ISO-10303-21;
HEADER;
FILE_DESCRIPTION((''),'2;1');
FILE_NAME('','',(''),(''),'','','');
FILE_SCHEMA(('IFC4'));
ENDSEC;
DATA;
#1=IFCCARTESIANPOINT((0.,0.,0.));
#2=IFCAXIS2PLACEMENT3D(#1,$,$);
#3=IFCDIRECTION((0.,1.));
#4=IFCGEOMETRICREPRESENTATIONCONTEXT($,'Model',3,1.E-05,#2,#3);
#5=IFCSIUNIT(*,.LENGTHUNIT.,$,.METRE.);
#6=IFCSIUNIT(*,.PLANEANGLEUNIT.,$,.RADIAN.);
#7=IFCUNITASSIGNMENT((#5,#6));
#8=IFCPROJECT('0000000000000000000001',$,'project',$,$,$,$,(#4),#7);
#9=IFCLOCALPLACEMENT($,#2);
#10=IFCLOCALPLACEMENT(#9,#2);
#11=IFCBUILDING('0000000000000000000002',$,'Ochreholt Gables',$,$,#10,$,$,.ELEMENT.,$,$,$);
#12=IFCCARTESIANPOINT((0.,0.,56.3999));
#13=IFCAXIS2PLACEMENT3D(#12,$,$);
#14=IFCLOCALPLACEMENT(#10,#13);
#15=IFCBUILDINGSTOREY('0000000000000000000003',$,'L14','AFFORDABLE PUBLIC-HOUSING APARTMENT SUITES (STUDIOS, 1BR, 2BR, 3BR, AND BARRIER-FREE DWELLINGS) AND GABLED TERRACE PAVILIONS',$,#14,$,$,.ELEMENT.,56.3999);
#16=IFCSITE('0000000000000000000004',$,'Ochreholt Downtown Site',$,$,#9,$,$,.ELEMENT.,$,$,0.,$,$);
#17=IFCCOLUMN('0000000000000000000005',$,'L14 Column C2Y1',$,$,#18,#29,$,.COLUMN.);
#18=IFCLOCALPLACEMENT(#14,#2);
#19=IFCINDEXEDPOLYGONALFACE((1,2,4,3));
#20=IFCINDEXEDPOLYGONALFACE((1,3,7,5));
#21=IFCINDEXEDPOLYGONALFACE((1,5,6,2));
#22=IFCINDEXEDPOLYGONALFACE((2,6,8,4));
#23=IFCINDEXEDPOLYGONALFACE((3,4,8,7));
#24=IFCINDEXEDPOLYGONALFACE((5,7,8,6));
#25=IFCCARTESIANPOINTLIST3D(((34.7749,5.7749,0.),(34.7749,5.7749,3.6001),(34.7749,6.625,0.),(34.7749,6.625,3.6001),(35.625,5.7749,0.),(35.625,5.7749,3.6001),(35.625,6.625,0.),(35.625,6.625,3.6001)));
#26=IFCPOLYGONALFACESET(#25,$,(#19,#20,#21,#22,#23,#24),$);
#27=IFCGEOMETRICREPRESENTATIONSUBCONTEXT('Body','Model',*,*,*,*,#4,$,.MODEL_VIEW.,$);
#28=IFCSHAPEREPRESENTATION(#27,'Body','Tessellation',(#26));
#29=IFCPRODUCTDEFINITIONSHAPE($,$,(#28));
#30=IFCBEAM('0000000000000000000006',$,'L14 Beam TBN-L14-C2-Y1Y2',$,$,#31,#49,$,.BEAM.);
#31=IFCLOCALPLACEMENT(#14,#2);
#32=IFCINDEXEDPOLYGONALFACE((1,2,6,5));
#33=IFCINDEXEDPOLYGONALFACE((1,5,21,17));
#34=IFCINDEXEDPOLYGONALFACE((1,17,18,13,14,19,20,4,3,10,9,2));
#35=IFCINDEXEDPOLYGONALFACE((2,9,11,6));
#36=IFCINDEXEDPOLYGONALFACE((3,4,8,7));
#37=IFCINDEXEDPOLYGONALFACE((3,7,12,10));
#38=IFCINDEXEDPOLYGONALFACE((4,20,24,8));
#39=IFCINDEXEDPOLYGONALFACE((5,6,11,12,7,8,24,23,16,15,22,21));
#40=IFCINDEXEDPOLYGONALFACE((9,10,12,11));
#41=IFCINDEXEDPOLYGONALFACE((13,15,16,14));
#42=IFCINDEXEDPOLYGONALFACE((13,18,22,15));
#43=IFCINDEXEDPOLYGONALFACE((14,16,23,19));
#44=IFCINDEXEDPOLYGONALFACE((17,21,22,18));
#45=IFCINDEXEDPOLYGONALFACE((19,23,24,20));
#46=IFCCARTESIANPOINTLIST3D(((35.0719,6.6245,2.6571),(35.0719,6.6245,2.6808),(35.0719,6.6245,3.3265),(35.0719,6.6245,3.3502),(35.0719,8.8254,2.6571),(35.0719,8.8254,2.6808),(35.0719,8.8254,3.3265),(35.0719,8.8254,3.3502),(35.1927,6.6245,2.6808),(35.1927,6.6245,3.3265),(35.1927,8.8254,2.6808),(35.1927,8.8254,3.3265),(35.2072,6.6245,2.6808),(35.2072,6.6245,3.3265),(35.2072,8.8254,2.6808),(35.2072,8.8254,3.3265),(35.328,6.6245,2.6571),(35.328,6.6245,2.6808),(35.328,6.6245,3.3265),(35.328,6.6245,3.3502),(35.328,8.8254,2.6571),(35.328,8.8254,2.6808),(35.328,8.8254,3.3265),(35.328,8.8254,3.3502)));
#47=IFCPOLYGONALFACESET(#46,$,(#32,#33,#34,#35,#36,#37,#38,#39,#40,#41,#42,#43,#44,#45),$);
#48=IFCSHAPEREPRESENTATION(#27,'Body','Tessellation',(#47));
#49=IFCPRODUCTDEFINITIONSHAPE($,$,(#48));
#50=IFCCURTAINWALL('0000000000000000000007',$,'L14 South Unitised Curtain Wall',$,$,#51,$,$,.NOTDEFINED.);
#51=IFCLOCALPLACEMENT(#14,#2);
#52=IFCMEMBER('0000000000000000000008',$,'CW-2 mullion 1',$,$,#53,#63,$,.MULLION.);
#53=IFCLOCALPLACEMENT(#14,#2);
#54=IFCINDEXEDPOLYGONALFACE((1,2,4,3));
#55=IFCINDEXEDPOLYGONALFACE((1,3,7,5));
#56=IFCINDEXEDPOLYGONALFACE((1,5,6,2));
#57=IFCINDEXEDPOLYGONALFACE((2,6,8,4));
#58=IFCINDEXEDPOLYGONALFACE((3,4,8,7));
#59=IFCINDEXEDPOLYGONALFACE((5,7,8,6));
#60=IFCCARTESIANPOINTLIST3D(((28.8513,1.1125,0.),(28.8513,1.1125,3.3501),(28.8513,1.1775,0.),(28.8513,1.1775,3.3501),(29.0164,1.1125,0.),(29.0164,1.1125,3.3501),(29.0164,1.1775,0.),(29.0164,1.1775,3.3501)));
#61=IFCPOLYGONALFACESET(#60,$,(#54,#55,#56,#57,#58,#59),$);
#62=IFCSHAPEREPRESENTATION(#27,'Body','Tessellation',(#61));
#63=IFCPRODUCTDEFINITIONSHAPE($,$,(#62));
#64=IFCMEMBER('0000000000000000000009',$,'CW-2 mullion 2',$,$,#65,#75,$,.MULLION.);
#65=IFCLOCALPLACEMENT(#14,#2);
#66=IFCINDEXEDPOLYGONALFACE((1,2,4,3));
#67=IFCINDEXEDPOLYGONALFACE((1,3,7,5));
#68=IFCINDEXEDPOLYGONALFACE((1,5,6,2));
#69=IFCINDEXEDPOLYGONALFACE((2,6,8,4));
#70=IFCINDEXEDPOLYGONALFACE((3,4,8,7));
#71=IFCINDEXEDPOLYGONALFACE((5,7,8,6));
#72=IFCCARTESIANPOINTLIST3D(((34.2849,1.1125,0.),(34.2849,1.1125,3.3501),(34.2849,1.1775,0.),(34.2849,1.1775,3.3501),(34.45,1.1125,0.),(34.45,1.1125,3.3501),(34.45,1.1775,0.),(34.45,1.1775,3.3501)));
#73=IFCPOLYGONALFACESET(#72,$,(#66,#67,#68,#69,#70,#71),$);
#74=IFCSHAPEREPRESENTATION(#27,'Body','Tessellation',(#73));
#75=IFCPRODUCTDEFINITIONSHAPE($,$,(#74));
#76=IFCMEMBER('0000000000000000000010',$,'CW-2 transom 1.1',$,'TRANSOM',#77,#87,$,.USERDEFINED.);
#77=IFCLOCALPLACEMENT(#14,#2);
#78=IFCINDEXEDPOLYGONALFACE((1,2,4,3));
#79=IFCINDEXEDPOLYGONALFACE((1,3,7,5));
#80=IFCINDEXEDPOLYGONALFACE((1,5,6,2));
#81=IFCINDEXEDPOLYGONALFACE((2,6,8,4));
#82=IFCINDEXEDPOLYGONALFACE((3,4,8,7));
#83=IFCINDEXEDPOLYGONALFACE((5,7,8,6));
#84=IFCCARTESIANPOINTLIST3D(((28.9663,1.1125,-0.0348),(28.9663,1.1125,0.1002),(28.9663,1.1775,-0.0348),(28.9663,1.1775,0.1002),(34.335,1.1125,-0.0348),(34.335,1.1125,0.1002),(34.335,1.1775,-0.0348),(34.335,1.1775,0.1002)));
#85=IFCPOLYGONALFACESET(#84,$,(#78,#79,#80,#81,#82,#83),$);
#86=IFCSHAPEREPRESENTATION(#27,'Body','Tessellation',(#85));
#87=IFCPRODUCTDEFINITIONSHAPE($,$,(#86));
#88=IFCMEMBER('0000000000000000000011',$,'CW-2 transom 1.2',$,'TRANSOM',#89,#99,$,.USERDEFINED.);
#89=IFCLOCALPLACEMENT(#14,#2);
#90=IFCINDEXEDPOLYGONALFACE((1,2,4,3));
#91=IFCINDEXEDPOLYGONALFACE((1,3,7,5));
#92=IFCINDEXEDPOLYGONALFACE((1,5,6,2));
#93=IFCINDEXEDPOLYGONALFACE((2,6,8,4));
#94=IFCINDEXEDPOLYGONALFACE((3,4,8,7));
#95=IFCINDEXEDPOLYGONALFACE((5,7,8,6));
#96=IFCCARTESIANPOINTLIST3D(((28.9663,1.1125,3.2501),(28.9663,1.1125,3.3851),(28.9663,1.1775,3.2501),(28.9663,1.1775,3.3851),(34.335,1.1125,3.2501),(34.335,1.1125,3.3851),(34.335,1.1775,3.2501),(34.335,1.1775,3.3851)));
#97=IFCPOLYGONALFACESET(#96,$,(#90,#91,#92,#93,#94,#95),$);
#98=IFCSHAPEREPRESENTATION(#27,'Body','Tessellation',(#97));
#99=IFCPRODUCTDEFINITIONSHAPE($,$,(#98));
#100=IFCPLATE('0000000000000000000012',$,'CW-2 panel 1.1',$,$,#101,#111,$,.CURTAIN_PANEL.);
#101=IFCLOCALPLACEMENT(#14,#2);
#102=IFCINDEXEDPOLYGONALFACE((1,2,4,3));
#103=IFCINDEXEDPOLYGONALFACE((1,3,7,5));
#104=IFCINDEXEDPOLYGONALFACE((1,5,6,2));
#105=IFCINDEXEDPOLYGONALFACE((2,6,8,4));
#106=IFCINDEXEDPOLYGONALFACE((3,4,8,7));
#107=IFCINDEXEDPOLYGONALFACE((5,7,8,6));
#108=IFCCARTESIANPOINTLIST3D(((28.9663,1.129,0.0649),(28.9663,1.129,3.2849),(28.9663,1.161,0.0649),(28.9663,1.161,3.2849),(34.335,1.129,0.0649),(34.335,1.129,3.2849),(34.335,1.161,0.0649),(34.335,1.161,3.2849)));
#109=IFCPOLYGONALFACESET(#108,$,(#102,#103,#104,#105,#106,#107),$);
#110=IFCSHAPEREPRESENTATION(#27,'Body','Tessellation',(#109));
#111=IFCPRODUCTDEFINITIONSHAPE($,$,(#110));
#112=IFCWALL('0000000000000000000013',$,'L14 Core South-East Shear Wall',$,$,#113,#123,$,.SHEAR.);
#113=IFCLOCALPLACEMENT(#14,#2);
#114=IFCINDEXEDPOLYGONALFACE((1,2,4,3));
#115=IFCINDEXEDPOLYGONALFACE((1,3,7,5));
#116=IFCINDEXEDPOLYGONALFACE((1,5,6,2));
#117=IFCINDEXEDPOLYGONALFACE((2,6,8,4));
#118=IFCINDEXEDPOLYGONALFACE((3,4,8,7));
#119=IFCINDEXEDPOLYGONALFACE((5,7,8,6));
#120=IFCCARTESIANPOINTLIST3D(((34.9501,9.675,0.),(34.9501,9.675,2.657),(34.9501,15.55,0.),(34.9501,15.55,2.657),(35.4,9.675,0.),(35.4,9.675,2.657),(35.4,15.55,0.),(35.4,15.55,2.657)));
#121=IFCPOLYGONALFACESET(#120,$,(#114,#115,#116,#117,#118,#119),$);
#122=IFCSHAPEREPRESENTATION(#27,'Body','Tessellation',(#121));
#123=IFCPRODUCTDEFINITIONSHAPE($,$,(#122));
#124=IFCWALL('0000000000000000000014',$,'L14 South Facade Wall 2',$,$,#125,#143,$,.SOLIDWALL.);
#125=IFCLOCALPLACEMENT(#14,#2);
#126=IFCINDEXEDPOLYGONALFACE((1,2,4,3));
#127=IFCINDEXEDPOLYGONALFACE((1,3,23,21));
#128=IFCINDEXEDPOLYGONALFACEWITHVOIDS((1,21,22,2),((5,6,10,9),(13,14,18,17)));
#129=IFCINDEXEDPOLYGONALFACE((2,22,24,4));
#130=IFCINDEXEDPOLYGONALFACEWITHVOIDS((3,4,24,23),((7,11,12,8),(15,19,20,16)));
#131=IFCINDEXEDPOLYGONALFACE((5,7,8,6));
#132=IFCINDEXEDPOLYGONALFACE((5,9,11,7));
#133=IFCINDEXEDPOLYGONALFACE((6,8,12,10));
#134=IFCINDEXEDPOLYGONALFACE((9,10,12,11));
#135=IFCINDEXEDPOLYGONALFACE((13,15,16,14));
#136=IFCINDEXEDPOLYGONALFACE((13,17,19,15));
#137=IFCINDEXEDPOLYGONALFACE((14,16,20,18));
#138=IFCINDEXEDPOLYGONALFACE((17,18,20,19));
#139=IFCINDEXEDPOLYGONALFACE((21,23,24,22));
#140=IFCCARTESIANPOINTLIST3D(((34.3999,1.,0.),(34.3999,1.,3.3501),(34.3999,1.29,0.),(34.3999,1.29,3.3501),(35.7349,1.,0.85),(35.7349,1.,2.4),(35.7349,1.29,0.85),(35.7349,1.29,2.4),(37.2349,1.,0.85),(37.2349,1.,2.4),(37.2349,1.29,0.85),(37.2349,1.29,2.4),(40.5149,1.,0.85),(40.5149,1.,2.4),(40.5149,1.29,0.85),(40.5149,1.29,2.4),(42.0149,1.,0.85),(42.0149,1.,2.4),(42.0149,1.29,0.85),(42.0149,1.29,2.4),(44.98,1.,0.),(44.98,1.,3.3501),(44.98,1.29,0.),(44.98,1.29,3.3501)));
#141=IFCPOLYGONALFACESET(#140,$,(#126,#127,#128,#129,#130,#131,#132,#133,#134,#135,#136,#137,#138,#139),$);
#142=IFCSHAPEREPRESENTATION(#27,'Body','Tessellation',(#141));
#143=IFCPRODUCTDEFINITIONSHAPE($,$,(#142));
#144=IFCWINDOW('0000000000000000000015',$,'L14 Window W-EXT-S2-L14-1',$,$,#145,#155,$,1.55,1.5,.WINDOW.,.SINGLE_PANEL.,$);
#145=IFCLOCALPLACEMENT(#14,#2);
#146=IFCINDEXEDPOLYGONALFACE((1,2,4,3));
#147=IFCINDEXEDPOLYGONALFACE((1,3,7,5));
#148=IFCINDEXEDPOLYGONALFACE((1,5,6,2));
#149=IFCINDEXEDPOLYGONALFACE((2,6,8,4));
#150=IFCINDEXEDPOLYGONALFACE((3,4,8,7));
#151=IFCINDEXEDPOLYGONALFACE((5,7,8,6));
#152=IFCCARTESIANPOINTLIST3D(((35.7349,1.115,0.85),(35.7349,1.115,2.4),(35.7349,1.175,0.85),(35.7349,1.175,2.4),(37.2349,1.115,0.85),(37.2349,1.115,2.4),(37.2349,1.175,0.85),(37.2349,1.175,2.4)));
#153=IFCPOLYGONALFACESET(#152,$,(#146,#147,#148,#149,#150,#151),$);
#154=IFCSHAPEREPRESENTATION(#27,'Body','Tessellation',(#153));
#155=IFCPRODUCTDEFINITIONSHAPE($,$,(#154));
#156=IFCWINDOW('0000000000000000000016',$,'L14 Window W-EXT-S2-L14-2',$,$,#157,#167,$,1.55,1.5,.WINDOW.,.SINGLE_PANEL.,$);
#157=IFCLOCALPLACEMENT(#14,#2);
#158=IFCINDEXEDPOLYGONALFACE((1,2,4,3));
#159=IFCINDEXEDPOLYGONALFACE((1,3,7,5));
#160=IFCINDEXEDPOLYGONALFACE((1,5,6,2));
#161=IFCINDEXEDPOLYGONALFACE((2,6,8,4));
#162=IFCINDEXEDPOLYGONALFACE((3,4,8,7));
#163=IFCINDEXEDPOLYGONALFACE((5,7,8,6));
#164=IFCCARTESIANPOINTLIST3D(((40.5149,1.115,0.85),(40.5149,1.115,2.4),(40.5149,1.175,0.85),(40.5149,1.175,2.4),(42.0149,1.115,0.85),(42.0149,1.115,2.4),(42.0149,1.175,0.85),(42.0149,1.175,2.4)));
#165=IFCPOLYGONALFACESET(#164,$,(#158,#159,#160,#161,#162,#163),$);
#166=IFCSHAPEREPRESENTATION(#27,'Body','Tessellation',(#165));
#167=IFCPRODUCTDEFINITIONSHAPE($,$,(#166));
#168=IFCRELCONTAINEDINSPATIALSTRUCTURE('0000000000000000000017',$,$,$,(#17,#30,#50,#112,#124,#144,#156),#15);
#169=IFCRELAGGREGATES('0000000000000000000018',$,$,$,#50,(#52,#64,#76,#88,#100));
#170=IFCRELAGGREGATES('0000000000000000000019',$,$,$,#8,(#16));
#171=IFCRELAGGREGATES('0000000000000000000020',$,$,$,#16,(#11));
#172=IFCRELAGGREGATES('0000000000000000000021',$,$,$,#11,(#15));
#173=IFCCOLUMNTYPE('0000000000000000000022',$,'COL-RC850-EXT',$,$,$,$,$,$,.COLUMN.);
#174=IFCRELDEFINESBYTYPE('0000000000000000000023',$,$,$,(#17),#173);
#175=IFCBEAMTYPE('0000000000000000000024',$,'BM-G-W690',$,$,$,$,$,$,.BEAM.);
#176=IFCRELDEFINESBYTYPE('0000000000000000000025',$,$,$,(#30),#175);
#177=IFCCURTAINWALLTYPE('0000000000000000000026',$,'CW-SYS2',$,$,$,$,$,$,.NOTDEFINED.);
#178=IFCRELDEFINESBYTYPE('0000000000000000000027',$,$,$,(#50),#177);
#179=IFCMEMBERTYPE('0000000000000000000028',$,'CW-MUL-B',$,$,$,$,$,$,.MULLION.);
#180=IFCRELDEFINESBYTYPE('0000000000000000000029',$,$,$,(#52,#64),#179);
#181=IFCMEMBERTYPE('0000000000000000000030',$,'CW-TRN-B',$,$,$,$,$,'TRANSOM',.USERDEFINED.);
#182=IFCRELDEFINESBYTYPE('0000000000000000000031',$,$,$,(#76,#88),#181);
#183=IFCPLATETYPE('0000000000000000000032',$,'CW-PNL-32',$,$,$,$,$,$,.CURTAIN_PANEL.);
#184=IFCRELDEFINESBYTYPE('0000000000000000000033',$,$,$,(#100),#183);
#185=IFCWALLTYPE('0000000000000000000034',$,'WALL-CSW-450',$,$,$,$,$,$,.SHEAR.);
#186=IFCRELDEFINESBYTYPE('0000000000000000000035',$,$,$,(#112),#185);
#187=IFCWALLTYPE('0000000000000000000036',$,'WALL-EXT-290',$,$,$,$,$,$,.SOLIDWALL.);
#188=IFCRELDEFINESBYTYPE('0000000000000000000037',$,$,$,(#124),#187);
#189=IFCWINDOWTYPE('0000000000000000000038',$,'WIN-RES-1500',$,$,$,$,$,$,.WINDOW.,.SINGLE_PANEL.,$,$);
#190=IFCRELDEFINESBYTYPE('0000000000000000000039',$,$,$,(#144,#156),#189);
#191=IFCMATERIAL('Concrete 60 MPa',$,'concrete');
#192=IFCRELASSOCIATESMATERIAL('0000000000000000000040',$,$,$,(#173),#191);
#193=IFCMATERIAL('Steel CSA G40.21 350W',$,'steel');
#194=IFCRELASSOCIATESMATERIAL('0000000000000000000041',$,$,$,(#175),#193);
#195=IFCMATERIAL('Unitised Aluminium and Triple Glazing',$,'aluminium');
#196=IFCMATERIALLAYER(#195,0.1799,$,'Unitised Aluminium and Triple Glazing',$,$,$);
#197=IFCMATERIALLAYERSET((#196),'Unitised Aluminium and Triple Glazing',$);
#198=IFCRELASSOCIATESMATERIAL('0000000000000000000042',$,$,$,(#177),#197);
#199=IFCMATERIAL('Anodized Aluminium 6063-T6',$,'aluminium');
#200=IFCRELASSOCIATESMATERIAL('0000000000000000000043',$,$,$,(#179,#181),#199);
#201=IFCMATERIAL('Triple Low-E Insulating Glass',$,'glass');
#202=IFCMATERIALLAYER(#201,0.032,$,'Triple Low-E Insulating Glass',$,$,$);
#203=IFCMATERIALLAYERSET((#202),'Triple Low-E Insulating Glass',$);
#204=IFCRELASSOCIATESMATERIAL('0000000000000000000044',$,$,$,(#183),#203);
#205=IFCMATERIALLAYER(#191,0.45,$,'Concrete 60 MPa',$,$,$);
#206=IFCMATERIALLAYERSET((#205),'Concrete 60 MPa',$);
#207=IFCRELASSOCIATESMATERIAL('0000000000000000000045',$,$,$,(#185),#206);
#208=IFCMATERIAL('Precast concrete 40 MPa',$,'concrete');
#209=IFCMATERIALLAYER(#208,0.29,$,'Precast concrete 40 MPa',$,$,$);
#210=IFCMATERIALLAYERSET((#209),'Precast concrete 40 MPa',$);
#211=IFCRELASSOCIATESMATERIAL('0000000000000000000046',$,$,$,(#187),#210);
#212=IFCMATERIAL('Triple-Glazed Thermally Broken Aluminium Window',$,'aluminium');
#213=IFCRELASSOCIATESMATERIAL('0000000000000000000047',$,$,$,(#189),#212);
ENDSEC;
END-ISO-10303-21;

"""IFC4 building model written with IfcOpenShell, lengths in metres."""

from ifc_helpers import new_model, si_unit, direction, frame, frame_2d, origin, origin_2d, place, context, subcontext, project, spatial, rectangle, i_section, extrude, material, layer, layer_set, material_profile, profile_set, type_object, element, fill, aggregate, save


model = new_model("IFC4")

# Units and contexts
model_context = context("Model", 3, precision=1e-05, world=origin(), true_north=direction((0.0, 1.0)))
body_context = subcontext(model_context, "Body", "Model", "MODEL_VIEW")
ifc_project = project(units=[si_unit("LENGTHUNIT", "METRE"), si_unit("PLANEANGLEUNIT", "RADIAN")], contexts=[model_context])

# Site, building, storey
site_placement = place(None, origin())
site = spatial("IfcSite", under=ifc_project, at=site_placement, Name="Ochreholt Downtown Site", CompositionType="ELEMENT", RefElevation=0.0)
building_placement = place(site_placement, origin())
building = spatial("IfcBuilding", under=site, at=building_placement, Name="Ochreholt Gables", CompositionType="ELEMENT")
storey_placement = place(building_placement, frame((0.0, 0.0, 56.3999)))
storey = spatial("IfcBuildingStorey", under=building, at=storey_placement, Name="L14", Description="AFFORDABLE PUBLIC-HOUSING APARTMENT SUITES (STUDIOS, 1BR, 2BR, 3BR, AND BARRIER-FREE DWELLINGS) AND GABLED TERRACE PAVILIONS", CompositionType="ELEMENT", Elevation=56.3999)

# Column
ifc_material_1 = material(Name="Concrete 60 MPa", Category="concrete")
ifc_material_profile_1 = material_profile(ifc_material_1, rectangle(XDim=0.8501, YDim=0.8501, at=origin_2d()), Name="RC850X850")
ifc_profile_set_1 = profile_set([ifc_material_profile_1], Name="Concrete 60 MPa")
column_type = type_object("IfcColumnType", Name="COL-RC850-EXT", PredefinedType="COLUMN", material=ifc_profile_set_1)
column_placement = place(storey_placement, frame((35.2, 6.2, 0.0), z_axis=(0.0, 0.0, 1.0), x_axis=(1.0, 0.0, 0.0)))
element("IfcColumn", 1, at=column_placement, inside=storey, type_object=column_type, Name="L14 Column C2Y1", PredefinedType="COLUMN", context=body_context, shape_type="SweptSolid", body=[
    extrude(rectangle(XDim=0.8501, YDim=0.8501, at=origin_2d()), origin(), (0.0, 0.0, 1.0), 3.6001),
])

# Beam
ifc_material_2 = material(Name="Steel CSA G40.21 350W", Category="steel")
ifc_material_profile_2 = material_profile(ifc_material_2, i_section(OverallWidth=0.2561, OverallDepth=0.6931, WebThickness=0.0144, FlangeThickness=0.0237, at=origin_2d()), Name="W690X170")
ifc_profile_set_2 = profile_set([ifc_material_profile_2], Name="Steel CSA G40.21 350W")
beam_type = type_object("IfcBeamType", Name="BM-G-W690", PredefinedType="BEAM", material=ifc_profile_set_2)
beam_placement = place(storey_placement, frame((35.2, 6.6245, 3.0037), z_axis=(0.0, 1.0, 0.0), x_axis=(-1.0, 0.0, 0.0)))
element("IfcBeam", 2, at=beam_placement, inside=storey, type_object=beam_type, Name="L14 Beam TBN-L14-C2-Y1Y2", PredefinedType="BEAM", context=body_context, shape_type="SweptSolid", body=[
    extrude(i_section(OverallWidth=0.2561, OverallDepth=0.6931, WebThickness=0.0144, FlangeThickness=0.0237, at=origin_2d()), origin(), (0.0, 0.0, 1.0), 2.2009),
])

# Curtain wall, members, plate
ifc_material_3 = material(Name="Unitised Aluminium and Triple Glazing", Category="aluminium")
ifc_layer_1 = layer(ifc_material_3, 0.1799, Name="Unitised Aluminium and Triple Glazing")
ifc_layer_set_1 = layer_set([ifc_layer_1], Name="Unitised Aluminium and Triple Glazing")
curtain_wall_type = type_object("IfcCurtainWallType", Name="CW-SYS2", PredefinedType="NOTDEFINED", material=ifc_layer_set_1)
curtain_wall_placement = place(storey_placement, origin())
curtain_wall = element("IfcCurtainWall", 3, at=curtain_wall_placement, inside=storey, type_object=curtain_wall_type, Name="L14 South Unitised Curtain Wall", PredefinedType="NOTDEFINED")
ifc_material_4 = material(Name="Anodized Aluminium 6063-T6", Category="aluminium")
ifc_material_profile_3 = material_profile(ifc_material_4, rectangle(XDim=0.0649, YDim=0.165, at=origin_2d()), Name="CWM65X165")
ifc_profile_set_3 = profile_set([ifc_material_profile_3], Name="Anodized Aluminium 6063-T6")
member_type_1 = type_object("IfcMemberType", Name="CW-MUL-B", PredefinedType="MULLION", material=ifc_profile_set_3)
member_1_placement = place(storey_placement, frame((28.9338, 1.145, 0.0), z_axis=(0.0, 0.0, 1.0), x_axis=(0.0, 1.0, 0.0)))
member_1 = element("IfcMember", 4, at=member_1_placement, type_object=member_type_1, Name="CW-2 mullion 1", PredefinedType="MULLION", context=body_context, shape_type="SweptSolid", body=[
    extrude(rectangle(XDim=0.0649, YDim=0.165, at=origin_2d()), origin(), (0.0, 0.0, 1.0), 3.3501),
])
member_2_placement = place(storey_placement, frame((34.3674, 1.145, 0.0), z_axis=(0.0, 0.0, 1.0), x_axis=(0.0, 1.0, 0.0)))
member_2 = element("IfcMember", 5, at=member_2_placement, type_object=member_type_1, Name="CW-2 mullion 2", PredefinedType="MULLION", context=body_context, shape_type="SweptSolid", body=[
    extrude(rectangle(XDim=0.0649, YDim=0.165, at=origin_2d()), origin(), (0.0, 0.0, 1.0), 3.3501),
])
ifc_material_profile_4 = material_profile(ifc_material_4, rectangle(XDim=0.0649, YDim=0.135, at=origin_2d()), Name="CWT65X135")
ifc_profile_set_4 = profile_set([ifc_material_profile_4], Name="Anodized Aluminium 6063-T6")
member_type_2 = type_object("IfcMemberType", Name="CW-TRN-B", ElementType="TRANSOM", PredefinedType="USERDEFINED", material=ifc_profile_set_4)
member_3_placement = place(storey_placement, frame((28.9663, 1.145, 0.0327), z_axis=(1.0, 0.0, 0.0), x_axis=(0.0, 1.0, 0.0)))
member_3 = element("IfcMember", 6, at=member_3_placement, type_object=member_type_2, Name="CW-2 transom 1.1", ObjectType="TRANSOM", PredefinedType="USERDEFINED", context=body_context, shape_type="SweptSolid", body=[
    extrude(rectangle(XDim=0.0649, YDim=0.135, at=origin_2d()), origin(), (0.0, 0.0, 1.0), 5.3687),
])
member_4_placement = place(storey_placement, frame((28.9663, 1.145, 3.3176), z_axis=(1.0, 0.0, 0.0), x_axis=(0.0, 1.0, 0.0)))
member_4 = element("IfcMember", 7, at=member_4_placement, type_object=member_type_2, Name="CW-2 transom 1.2", ObjectType="TRANSOM", PredefinedType="USERDEFINED", context=body_context, shape_type="SweptSolid", body=[
    extrude(rectangle(XDim=0.0649, YDim=0.135, at=origin_2d()), origin(), (0.0, 0.0, 1.0), 5.3687),
])
ifc_material_5 = material(Name="Triple Low-E Insulating Glass", Category="glass")
ifc_layer_2 = layer(ifc_material_5, 0.032, Name="Triple Low-E Insulating Glass")
ifc_layer_set_2 = layer_set([ifc_layer_2], Name="Triple Low-E Insulating Glass")
plate_type = type_object("IfcPlateType", Name="CW-PNL-32", PredefinedType="CURTAIN_PANEL", material=ifc_layer_set_2)
plate_placement = place(storey_placement, frame((31.6506, 1.145, 0.0649), z_axis=(0.0, 0.0, 1.0), x_axis=(1.0, 0.0, 0.0)))
plate = element("IfcPlate", 8, at=plate_placement, type_object=plate_type, Name="CW-2 panel 1.1", PredefinedType="CURTAIN_PANEL", context=body_context, shape_type="SweptSolid", body=[
    extrude(rectangle(XDim=5.3687, YDim=0.032, at=origin_2d()), origin(), (0.0, 0.0, 1.0), 3.22),
])
aggregate(curtain_wall, [member_1, member_2, member_3, member_4, plate])

# Wall
ifc_layer_3 = layer(ifc_material_1, 0.45, Name="Concrete 60 MPa")
ifc_layer_set_3 = layer_set([ifc_layer_3], Name="Concrete 60 MPa")
wall_type_1 = type_object("IfcWallType", Name="WALL-CSW-450", PredefinedType="SHEAR", material=ifc_layer_set_3)
wall_1_placement = place(storey_placement, frame((35.175, 9.675, 0.0), z_axis=(0.0, 0.0, 1.0), x_axis=(0.0, 1.0, 0.0)))
element("IfcWall", 9, at=wall_1_placement, inside=storey, type_object=wall_type_1, Name="L14 Core South-East Shear Wall", PredefinedType="SHEAR", context=body_context, shape_type="SweptSolid", body=[
    extrude(rectangle(XDim=5.875, YDim=0.45, at=frame_2d((2.9375, 0.0))), origin(), (0.0, 0.0, 1.0), 2.657),
])

# Wall, openings, windows
ifc_material_6 = material(Name="Precast concrete 40 MPa", Category="concrete")
ifc_layer_4 = layer(ifc_material_6, 0.29, Name="Precast concrete 40 MPa")
ifc_layer_set_4 = layer_set([ifc_layer_4], Name="Precast concrete 40 MPa")
wall_type_2 = type_object("IfcWallType", Name="WALL-EXT-290", PredefinedType="SOLIDWALL", material=ifc_layer_set_4)
wall_2_placement = place(storey_placement, frame((34.3999, 1.145, 0.0), z_axis=(0.0, 0.0, 1.0), x_axis=(1.0, 0.0, 0.0)))
wall_2 = element("IfcWall", 10, at=wall_2_placement, inside=storey, type_object=wall_type_2, Name="L14 South Facade Wall 2", PredefinedType="SOLIDWALL", context=body_context, shape_type="SweptSolid", body=[
    extrude(rectangle(XDim=10.5801, YDim=0.29, at=frame_2d((5.29, 0.0))), origin(), (0.0, 0.0, 1.0), 3.3501),
])
opening_1_placement = place(wall_2_placement, frame((1.335, 0.0, 0.8501)))
opening_1 = element("IfcOpeningElement", 11, at=opening_1_placement, cuts=wall_2, PredefinedType="OPENING", context=body_context, shape_type="SweptSolid", body=[
    extrude(rectangle(XDim=1.5, YDim=1.55, at=frame_2d((0.75, 0.7749))), frame((0.0, 0.155, 0.0), z_axis=(0.0, -1.0, 0.0), x_axis=(1.0, 0.0, 0.0)), (0.0, 0.0, 1.0), 0.3101),
])
opening_2_placement = place(wall_2_placement, frame((6.115, 0.0, 0.8501)))
opening_2 = element("IfcOpeningElement", 12, at=opening_2_placement, cuts=wall_2, PredefinedType="OPENING", context=body_context, shape_type="SweptSolid", body=[
    extrude(rectangle(XDim=1.5, YDim=1.55, at=frame_2d((0.75, 0.7749))), frame((0.0, 0.155, 0.0), z_axis=(0.0, -1.0, 0.0), x_axis=(1.0, 0.0, 0.0)), (0.0, 0.0, 1.0), 0.3101),
])
ifc_material_7 = material(Name="Triple-Glazed Thermally Broken Aluminium Window", Category="aluminium")
window_type = type_object("IfcWindowType", Name="WIN-RES-1500", PartitioningType="SINGLE_PANEL", PredefinedType="WINDOW", material=ifc_material_7)
window_1_placement = place(opening_1_placement, origin())
window_1 = element("IfcWindow", 13, at=window_1_placement, inside=storey, type_object=window_type, Name="L14 Window W-EXT-S2-L14-1", OverallHeight=1.55, OverallWidth=1.5, PartitioningType="SINGLE_PANEL", PredefinedType="WINDOW", context=body_context, shape_type="SweptSolid", body=[
    extrude(rectangle(XDim=1.5, YDim=1.55, at=frame_2d((0.75, 0.7749))), frame((0.0, 0.03, 0.0), z_axis=(0.0, -1.0, 0.0), x_axis=(1.0, 0.0, 0.0)), (0.0, 0.0, 1.0), 0.0601),
])
fill(opening_1, window_1)
window_2_placement = place(opening_2_placement, origin())
window_2 = element("IfcWindow", 14, at=window_2_placement, inside=storey, type_object=window_type, Name="L14 Window W-EXT-S2-L14-2", OverallHeight=1.55, OverallWidth=1.5, PartitioningType="SINGLE_PANEL", PredefinedType="WINDOW", context=body_context, shape_type="SweptSolid", body=[
    extrude(rectangle(XDim=1.5, YDim=1.55, at=frame_2d((0.75, 0.7749))), frame((0.0, 0.03, 0.0), z_axis=(0.0, -1.0, 0.0), x_axis=(1.0, 0.0, 0.0)), (0.0, 0.0, 1.0), 0.0601),
])
fill(opening_2, window_2)

save(model, "model.ifc")
